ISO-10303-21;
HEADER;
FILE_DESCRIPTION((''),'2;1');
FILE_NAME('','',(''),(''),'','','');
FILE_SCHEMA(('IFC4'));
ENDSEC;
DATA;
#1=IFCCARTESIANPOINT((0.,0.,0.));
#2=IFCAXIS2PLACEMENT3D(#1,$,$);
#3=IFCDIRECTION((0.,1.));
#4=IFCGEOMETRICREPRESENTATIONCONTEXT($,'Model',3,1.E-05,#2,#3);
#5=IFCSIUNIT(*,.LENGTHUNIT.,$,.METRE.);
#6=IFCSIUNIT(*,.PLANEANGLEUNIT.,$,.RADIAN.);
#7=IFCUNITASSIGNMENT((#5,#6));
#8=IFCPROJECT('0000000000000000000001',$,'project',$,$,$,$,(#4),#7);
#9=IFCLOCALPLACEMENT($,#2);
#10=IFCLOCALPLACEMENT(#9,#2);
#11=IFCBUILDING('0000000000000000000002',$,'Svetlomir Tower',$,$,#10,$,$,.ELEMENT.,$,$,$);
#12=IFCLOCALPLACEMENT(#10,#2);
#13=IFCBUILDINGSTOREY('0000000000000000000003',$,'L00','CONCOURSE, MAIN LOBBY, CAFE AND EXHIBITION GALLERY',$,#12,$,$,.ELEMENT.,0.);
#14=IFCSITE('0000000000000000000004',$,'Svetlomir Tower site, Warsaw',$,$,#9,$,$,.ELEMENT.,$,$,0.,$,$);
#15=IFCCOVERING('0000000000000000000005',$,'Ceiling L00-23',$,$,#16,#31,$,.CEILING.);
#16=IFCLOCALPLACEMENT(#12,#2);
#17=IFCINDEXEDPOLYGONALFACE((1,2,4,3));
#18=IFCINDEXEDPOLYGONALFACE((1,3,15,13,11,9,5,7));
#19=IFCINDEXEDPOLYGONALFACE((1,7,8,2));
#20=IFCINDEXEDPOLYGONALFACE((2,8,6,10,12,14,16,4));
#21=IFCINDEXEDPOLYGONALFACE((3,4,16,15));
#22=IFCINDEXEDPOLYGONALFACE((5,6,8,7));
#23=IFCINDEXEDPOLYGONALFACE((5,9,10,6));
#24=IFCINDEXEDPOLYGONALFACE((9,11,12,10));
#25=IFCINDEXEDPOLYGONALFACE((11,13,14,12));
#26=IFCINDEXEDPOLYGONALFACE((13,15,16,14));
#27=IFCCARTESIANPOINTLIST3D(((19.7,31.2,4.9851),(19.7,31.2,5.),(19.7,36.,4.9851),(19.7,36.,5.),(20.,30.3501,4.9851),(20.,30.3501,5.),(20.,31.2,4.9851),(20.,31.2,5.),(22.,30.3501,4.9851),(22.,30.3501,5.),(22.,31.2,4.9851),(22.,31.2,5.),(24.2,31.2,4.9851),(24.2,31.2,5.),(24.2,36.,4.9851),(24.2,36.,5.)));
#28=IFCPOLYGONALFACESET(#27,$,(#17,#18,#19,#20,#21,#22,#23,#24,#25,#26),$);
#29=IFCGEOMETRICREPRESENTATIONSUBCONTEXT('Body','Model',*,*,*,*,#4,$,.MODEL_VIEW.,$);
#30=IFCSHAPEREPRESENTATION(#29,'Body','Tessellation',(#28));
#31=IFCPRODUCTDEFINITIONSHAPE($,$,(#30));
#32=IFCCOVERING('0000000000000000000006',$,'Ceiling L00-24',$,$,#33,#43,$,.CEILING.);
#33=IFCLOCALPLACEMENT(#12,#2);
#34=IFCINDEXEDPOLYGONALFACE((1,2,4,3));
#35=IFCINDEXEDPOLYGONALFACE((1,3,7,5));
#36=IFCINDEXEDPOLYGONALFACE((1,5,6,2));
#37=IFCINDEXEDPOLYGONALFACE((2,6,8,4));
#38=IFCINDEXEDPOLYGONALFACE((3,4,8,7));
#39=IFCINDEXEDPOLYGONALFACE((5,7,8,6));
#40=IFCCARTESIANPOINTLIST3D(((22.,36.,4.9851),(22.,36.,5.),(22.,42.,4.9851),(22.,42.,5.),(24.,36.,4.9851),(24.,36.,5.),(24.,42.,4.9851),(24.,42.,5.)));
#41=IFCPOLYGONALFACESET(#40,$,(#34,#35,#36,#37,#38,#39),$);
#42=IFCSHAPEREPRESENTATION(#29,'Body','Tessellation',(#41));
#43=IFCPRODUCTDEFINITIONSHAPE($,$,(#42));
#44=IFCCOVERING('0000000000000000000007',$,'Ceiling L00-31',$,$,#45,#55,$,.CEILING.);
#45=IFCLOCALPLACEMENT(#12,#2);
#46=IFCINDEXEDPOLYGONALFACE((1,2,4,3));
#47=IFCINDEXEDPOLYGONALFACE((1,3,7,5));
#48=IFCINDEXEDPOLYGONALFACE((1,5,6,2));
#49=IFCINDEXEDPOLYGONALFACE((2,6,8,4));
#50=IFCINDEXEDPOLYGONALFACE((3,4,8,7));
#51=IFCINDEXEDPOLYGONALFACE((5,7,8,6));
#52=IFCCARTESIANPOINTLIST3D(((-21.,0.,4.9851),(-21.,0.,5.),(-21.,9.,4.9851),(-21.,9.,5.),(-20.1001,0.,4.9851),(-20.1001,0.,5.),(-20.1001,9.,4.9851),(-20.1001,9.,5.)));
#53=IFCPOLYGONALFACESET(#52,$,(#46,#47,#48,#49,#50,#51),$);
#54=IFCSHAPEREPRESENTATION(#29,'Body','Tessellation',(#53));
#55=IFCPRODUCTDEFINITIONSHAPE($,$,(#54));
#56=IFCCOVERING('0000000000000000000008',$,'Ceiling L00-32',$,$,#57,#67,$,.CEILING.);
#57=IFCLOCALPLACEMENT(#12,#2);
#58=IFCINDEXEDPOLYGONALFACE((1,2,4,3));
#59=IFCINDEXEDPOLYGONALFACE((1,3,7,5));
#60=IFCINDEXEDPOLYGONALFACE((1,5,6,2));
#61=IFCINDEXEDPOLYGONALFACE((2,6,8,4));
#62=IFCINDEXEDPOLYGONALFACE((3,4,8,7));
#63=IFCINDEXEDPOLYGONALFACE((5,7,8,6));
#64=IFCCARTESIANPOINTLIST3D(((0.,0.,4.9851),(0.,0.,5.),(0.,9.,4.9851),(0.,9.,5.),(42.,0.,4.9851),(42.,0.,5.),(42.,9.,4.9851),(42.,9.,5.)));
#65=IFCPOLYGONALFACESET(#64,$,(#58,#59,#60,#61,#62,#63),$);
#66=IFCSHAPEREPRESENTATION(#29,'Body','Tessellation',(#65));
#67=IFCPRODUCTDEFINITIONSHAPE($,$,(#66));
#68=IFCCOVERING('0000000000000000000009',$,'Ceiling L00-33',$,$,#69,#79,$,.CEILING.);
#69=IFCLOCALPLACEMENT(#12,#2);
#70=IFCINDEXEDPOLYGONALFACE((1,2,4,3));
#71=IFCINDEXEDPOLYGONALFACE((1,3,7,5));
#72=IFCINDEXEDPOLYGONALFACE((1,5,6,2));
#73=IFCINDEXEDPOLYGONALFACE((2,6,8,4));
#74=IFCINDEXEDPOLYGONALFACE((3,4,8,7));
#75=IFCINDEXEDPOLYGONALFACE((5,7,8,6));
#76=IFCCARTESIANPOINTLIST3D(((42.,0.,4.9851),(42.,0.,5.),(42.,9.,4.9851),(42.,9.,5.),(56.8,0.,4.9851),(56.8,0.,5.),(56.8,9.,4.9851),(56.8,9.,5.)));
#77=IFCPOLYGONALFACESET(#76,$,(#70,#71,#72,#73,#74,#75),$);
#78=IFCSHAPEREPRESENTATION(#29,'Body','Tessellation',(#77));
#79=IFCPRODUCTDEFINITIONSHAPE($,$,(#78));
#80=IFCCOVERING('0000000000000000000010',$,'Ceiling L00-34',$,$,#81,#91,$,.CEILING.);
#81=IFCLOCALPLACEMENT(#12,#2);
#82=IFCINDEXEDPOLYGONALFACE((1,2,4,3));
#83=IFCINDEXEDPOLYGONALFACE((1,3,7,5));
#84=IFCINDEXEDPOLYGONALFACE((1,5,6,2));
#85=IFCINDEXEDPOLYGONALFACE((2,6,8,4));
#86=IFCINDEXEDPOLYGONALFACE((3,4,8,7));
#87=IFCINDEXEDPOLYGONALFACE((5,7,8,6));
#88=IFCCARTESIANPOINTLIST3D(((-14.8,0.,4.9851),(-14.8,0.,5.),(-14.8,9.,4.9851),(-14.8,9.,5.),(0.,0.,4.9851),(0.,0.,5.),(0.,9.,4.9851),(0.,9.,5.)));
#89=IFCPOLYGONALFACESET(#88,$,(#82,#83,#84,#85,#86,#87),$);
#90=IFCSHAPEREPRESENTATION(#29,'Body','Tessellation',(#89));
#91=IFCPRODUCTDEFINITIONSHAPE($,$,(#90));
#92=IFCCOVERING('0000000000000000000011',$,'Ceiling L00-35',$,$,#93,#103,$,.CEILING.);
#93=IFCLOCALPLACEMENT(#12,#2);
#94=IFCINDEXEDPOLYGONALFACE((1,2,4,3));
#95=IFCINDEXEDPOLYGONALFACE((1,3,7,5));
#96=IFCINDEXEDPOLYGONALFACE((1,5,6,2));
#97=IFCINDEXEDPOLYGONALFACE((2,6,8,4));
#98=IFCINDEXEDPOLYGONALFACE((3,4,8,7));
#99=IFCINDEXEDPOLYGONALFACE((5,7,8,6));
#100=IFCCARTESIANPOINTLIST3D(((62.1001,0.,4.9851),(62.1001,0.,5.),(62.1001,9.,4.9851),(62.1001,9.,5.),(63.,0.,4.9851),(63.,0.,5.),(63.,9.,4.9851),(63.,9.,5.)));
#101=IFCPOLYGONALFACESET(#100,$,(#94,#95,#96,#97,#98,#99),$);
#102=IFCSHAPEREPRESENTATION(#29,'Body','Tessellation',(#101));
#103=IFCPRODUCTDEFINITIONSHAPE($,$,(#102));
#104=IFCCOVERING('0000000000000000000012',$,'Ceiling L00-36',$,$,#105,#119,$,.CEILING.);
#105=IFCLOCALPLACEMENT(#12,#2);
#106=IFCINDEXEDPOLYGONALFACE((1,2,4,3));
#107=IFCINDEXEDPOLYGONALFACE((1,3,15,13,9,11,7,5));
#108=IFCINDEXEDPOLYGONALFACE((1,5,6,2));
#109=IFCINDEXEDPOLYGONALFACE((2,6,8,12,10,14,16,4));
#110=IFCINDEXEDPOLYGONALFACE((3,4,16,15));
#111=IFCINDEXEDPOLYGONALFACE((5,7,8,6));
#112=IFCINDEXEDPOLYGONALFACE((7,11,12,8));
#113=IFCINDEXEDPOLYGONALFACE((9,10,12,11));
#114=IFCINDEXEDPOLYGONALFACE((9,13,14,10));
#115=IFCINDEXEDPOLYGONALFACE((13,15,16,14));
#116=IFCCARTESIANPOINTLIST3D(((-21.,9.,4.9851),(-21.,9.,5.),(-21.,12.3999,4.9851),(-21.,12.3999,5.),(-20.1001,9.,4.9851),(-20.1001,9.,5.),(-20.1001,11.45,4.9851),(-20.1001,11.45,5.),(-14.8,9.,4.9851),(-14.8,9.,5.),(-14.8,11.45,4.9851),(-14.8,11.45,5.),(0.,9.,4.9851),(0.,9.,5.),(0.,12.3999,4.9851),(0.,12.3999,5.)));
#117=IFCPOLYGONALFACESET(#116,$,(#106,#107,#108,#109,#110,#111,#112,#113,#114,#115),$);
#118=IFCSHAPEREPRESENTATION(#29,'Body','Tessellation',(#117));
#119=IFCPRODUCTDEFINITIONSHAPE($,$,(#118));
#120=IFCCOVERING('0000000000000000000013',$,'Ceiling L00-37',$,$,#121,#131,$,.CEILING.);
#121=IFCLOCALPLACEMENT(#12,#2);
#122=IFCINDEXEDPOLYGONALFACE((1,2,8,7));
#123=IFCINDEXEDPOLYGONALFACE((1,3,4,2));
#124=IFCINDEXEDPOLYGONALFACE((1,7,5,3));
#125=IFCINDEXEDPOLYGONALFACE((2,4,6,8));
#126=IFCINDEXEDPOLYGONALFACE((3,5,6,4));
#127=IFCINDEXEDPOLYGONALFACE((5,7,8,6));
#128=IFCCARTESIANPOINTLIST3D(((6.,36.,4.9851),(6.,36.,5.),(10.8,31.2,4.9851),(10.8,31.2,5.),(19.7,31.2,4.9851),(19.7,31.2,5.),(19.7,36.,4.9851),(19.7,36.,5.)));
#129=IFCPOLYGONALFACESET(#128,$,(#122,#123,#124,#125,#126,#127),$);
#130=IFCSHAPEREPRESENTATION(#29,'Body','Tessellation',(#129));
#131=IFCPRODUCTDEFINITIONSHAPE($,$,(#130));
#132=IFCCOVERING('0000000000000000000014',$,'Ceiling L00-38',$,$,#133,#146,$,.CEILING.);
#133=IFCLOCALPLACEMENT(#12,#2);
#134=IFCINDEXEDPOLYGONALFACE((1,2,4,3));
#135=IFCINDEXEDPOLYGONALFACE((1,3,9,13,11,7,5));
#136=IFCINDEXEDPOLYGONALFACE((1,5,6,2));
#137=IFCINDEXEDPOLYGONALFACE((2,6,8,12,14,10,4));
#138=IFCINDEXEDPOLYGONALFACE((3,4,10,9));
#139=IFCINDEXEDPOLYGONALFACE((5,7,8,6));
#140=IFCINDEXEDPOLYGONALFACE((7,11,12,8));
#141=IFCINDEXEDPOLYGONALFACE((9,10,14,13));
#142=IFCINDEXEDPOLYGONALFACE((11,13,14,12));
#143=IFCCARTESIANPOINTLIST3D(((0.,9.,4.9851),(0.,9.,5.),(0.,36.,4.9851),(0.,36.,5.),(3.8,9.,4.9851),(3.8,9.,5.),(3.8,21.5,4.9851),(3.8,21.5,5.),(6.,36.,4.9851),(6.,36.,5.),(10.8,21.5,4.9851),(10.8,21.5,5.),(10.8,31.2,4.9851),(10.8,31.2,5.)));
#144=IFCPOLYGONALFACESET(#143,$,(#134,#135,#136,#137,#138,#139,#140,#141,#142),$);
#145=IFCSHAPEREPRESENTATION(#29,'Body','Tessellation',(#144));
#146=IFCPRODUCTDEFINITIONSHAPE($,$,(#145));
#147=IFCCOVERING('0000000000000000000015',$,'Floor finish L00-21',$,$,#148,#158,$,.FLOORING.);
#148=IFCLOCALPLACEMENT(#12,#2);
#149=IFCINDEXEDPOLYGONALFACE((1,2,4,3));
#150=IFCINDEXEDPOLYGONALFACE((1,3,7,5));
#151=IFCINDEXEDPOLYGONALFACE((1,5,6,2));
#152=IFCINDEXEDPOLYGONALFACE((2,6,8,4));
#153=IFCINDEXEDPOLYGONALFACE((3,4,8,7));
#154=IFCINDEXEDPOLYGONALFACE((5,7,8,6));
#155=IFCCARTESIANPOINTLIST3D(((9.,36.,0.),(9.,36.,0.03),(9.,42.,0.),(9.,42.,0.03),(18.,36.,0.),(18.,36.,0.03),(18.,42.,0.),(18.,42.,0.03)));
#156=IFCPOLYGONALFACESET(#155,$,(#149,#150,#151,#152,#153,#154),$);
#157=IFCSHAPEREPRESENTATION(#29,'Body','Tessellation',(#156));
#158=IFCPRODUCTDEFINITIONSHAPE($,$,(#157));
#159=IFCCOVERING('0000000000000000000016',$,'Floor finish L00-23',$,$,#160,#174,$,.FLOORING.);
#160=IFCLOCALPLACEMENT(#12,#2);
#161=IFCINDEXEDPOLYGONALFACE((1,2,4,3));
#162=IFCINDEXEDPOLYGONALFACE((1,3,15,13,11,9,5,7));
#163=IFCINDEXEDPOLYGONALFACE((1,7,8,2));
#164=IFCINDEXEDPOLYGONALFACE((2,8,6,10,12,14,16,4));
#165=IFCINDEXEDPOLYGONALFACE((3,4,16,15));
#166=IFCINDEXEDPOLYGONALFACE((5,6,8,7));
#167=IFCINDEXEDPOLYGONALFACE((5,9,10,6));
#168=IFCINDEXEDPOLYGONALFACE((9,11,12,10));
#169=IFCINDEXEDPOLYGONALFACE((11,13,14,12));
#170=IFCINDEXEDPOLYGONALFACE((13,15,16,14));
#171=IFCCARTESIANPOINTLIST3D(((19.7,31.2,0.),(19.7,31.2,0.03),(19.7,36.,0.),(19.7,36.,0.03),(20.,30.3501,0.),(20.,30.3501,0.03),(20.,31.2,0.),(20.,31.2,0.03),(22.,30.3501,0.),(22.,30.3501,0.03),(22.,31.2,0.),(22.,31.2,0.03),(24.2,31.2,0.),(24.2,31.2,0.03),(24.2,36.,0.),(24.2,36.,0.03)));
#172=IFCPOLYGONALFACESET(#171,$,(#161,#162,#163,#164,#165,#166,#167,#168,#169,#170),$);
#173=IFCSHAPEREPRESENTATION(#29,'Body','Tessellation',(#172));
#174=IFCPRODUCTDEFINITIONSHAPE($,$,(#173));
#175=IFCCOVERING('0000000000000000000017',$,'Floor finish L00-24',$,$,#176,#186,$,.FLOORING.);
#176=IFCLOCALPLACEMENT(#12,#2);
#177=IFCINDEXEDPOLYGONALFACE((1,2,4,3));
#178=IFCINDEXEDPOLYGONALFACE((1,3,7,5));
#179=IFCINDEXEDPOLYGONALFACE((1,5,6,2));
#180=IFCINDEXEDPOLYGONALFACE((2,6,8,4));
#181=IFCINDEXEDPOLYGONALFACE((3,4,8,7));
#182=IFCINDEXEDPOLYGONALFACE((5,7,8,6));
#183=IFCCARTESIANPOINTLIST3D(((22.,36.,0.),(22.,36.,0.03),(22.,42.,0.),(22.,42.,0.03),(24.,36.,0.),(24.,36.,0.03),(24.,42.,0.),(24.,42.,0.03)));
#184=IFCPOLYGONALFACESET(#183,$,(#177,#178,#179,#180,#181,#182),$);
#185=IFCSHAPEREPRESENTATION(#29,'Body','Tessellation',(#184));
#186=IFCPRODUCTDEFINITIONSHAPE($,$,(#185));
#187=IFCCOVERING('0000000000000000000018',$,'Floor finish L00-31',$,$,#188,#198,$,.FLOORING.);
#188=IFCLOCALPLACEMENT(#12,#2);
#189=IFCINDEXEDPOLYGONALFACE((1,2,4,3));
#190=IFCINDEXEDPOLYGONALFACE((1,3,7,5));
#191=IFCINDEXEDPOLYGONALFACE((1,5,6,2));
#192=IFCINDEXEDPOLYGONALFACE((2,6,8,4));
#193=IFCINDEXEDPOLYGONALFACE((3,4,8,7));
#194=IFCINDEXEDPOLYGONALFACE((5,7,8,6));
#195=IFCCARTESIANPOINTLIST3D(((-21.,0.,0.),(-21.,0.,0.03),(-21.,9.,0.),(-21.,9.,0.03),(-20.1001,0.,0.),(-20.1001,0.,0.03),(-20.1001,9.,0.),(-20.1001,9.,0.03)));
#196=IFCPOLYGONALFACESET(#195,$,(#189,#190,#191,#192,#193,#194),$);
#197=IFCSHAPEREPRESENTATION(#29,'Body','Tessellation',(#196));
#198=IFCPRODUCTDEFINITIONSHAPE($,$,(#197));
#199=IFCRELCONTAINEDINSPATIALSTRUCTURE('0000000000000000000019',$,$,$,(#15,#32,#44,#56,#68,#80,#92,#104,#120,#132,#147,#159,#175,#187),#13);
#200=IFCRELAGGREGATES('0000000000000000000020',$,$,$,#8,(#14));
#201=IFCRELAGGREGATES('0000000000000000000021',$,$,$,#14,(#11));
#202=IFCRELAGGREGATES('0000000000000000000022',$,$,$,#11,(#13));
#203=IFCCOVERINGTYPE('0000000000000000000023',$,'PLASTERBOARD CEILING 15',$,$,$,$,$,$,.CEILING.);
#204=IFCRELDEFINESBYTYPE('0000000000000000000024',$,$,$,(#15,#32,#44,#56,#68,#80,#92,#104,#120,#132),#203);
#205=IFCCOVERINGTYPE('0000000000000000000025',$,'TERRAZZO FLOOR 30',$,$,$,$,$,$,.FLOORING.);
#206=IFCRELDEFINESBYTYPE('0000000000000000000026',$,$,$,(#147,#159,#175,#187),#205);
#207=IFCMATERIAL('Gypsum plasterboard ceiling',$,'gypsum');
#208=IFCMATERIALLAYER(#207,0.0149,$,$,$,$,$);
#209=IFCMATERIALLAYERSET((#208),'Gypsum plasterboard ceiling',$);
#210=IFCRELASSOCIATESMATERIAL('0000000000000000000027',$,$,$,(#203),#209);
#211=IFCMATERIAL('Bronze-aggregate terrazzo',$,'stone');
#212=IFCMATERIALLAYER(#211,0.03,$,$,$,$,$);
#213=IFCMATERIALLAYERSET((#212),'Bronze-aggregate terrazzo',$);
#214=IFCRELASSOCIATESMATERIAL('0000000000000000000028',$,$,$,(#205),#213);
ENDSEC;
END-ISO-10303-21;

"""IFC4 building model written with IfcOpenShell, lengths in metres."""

from ifc_helpers import new_model, si_unit, direction, frame, origin, place, context, subcontext, project, spatial, polyline, outline, extrude, material, layer, layer_set, type_object, element, save


model = new_model("IFC4")

# Units and contexts
model_context = context("Model", 3, precision=1e-05, world=origin(), true_north=direction((0.0, 1.0)))
body_context = subcontext(model_context, "Body", "Model", "MODEL_VIEW")
ifc_project = project(units=[si_unit("LENGTHUNIT", "METRE"), si_unit("PLANEANGLEUNIT", "RADIAN")], contexts=[model_context])

# Site, building, storey
site_placement = place(None, origin())
site = spatial("IfcSite", under=ifc_project, at=site_placement, Name="Svetlomir Tower site, Warsaw", CompositionType="ELEMENT", RefElevation=0.0)
building_placement = place(site_placement, origin())
building = spatial("IfcBuilding", under=site, at=building_placement, Name="Svetlomir Tower", CompositionType="ELEMENT")
storey_placement = place(building_placement, origin())
storey = spatial("IfcBuildingStorey", under=building, at=storey_placement, Name="L00", Description="CONCOURSE, MAIN LOBBY, CAFE AND EXHIBITION GALLERY", CompositionType="ELEMENT", Elevation=0.0)

# Coverings
ifc_material_1 = material(Name="Gypsum plasterboard ceiling", Category="gypsum")
ifc_layer_1 = layer(ifc_material_1, 0.0149)
ifc_layer_set_1 = layer_set([ifc_layer_1], Name="Gypsum plasterboard ceiling")
covering_type_1 = type_object("IfcCoveringType", Name="PLASTERBOARD CEILING 15", PredefinedType="CEILING", material=ifc_layer_set_1)
covering_1_placement = place(storey_placement, frame((0.0, 0.0, 4.9851)))
element("IfcCovering", 1, at=covering_1_placement, inside=storey, type_object=covering_type_1, Name="Ceiling L00-23", PredefinedType="CEILING", context=body_context, shape_type="SweptSolid", body=[
    extrude(outline(polyline([(19.7, 31.2), (20.0, 31.2), (20.0, 30.3501), (22.0, 30.3501), (22.0, 31.2), (24.2, 31.2), (24.2, 36.0), (19.7, 36.0), (19.7, 31.2)])), origin(), (0.0, 0.0, 1.0), 0.0149),
])
covering_2_placement = place(storey_placement, frame((0.0, 0.0, 4.9851)))
element("IfcCovering", 2, at=covering_2_placement, inside=storey, type_object=covering_type_1, Name="Ceiling L00-24", PredefinedType="CEILING", context=body_context, shape_type="SweptSolid", body=[
    extrude(outline(polyline([(22.0, 36.0), (24.0, 36.0), (24.0, 42.0), (22.0, 42.0), (22.0, 36.0)])), origin(), (0.0, 0.0, 1.0), 0.0149),
])
covering_3_placement = place(storey_placement, frame((0.0, 0.0, 4.9851)))
element("IfcCovering", 3, at=covering_3_placement, inside=storey, type_object=covering_type_1, Name="Ceiling L00-31", PredefinedType="CEILING", context=body_context, shape_type="SweptSolid", body=[
    extrude(outline(polyline([(-21.0, 9.0), (-20.1001, 9.0), (-20.1001, 0.0), (-21.0, 0.0), (-21.0, 9.0)])), origin(), (0.0, 0.0, 1.0), 0.0149),
])
covering_4_placement = place(storey_placement, frame((0.0, 0.0, 4.9851)))
element("IfcCovering", 4, at=covering_4_placement, inside=storey, type_object=covering_type_1, Name="Ceiling L00-32", PredefinedType="CEILING", context=body_context, shape_type="SweptSolid", body=[
    extrude(outline(polyline([(0.0, 9.0), (42.0, 9.0), (42.0, 0.0), (0.0, 0.0), (0.0, 9.0)])), origin(), (0.0, 0.0, 1.0), 0.0149),
])
covering_5_placement = place(storey_placement, frame((0.0, 0.0, 4.9851)))
element("IfcCovering", 5, at=covering_5_placement, inside=storey, type_object=covering_type_1, Name="Ceiling L00-33", PredefinedType="CEILING", context=body_context, shape_type="SweptSolid", body=[
    extrude(outline(polyline([(42.0, 9.0), (56.8, 9.0), (56.8, 0.0), (42.0, 0.0), (42.0, 9.0)])), origin(), (0.0, 0.0, 1.0), 0.0149),
])
covering_6_placement = place(storey_placement, frame((0.0, 0.0, 4.9851)))
element("IfcCovering", 6, at=covering_6_placement, inside=storey, type_object=covering_type_1, Name="Ceiling L00-34", PredefinedType="CEILING", context=body_context, shape_type="SweptSolid", body=[
    extrude(outline(polyline([(0.0, 0.0), (-14.8, 0.0), (-14.8, 9.0), (0.0, 9.0), (0.0, 0.0)])), origin(), (0.0, 0.0, 1.0), 0.0149),
])
covering_7_placement = place(storey_placement, frame((0.0, 0.0, 4.9851)))
element("IfcCovering", 7, at=covering_7_placement, inside=storey, type_object=covering_type_1, Name="Ceiling L00-35", PredefinedType="CEILING", context=body_context, shape_type="SweptSolid", body=[
    extrude(outline(polyline([(63.0, 0.0), (62.1001, 0.0), (62.1001, 9.0), (63.0, 9.0), (63.0, 0.0)])), origin(), (0.0, 0.0, 1.0), 0.0149),
])
covering_8_placement = place(storey_placement, frame((0.0, 0.0, 4.9851)))
element("IfcCovering", 8, at=covering_8_placement, inside=storey, type_object=covering_type_1, Name="Ceiling L00-36", PredefinedType="CEILING", context=body_context, shape_type="SweptSolid", body=[
    extrude(outline(polyline([(-21.0, 12.3999), (0.0, 12.3999), (0.0, 9.0), (-14.8, 9.0), (-14.8, 11.45), (-20.1001, 11.45), (-20.1001, 9.0), (-21.0, 9.0), (-21.0, 12.3999)])), origin(), (0.0, 0.0, 1.0), 0.0149),
])
covering_9_placement = place(storey_placement, frame((0.0, 0.0, 4.9851)))
element("IfcCovering", 9, at=covering_9_placement, inside=storey, type_object=covering_type_1, Name="Ceiling L00-37", PredefinedType="CEILING", context=body_context, shape_type="SweptSolid", body=[
    extrude(outline(polyline([(19.7, 36.0), (19.7, 31.2), (10.8, 31.2), (6.0, 36.0), (19.7, 36.0)])), origin(), (0.0, 0.0, 1.0), 0.0149),
])
covering_10_placement = place(storey_placement, frame((0.0, 0.0, 4.9851)))
element("IfcCovering", 10, at=covering_10_placement, inside=storey, type_object=covering_type_1, Name="Ceiling L00-38", PredefinedType="CEILING", context=body_context, shape_type="SweptSolid", body=[
    extrude(outline(polyline([(0.0, 36.0), (6.0, 36.0), (10.8, 31.2), (10.8, 21.5), (3.8, 21.5), (3.8, 9.0), (0.0, 9.0), (0.0, 36.0)])), origin(), (0.0, 0.0, 1.0), 0.0149),
])
ifc_material_2 = material(Name="Bronze-aggregate terrazzo", Category="stone")
ifc_layer_2 = layer(ifc_material_2, 0.03)
ifc_layer_set_2 = layer_set([ifc_layer_2], Name="Bronze-aggregate terrazzo")
covering_type_2 = type_object("IfcCoveringType", Name="TERRAZZO FLOOR 30", PredefinedType="FLOORING", material=ifc_layer_set_2)
covering_11_placement = place(storey_placement, origin())
element("IfcCovering", 11, at=covering_11_placement, inside=storey, type_object=covering_type_2, Name="Floor finish L00-21", PredefinedType="FLOORING", context=body_context, shape_type="SweptSolid", body=[
    extrude(outline(polyline([(9.0, 36.0), (18.0, 36.0), (18.0, 42.0), (9.0, 42.0), (9.0, 36.0)])), origin(), (0.0, 0.0, 1.0), 0.03),
])
covering_12_placement = place(storey_placement, origin())
element("IfcCovering", 12, at=covering_12_placement, inside=storey, type_object=covering_type_2, Name="Floor finish L00-23", PredefinedType="FLOORING", context=body_context, shape_type="SweptSolid", body=[
    extrude(outline(polyline([(19.7, 31.2), (20.0, 31.2), (20.0, 30.3501), (22.0, 30.3501), (22.0, 31.2), (24.2, 31.2), (24.2, 36.0), (19.7, 36.0), (19.7, 31.2)])), origin(), (0.0, 0.0, 1.0), 0.03),
])
covering_13_placement = place(storey_placement, origin())
element("IfcCovering", 13, at=covering_13_placement, inside=storey, type_object=covering_type_2, Name="Floor finish L00-24", PredefinedType="FLOORING", context=body_context, shape_type="SweptSolid", body=[
    extrude(outline(polyline([(22.0, 36.0), (24.0, 36.0), (24.0, 42.0), (22.0, 42.0), (22.0, 36.0)])), origin(), (0.0, 0.0, 1.0), 0.03),
])
covering_14_placement = place(storey_placement, origin())
element("IfcCovering", 14, at=covering_14_placement, inside=storey, type_object=covering_type_2, Name="Floor finish L00-31", PredefinedType="FLOORING", context=body_context, shape_type="SweptSolid", body=[
    extrude(outline(polyline([(-21.0, 9.0), (-20.1001, 9.0), (-20.1001, 0.0), (-21.0, 0.0), (-21.0, 9.0)])), origin(), (0.0, 0.0, 1.0), 0.03),
])

save(model, "model.ifc")
